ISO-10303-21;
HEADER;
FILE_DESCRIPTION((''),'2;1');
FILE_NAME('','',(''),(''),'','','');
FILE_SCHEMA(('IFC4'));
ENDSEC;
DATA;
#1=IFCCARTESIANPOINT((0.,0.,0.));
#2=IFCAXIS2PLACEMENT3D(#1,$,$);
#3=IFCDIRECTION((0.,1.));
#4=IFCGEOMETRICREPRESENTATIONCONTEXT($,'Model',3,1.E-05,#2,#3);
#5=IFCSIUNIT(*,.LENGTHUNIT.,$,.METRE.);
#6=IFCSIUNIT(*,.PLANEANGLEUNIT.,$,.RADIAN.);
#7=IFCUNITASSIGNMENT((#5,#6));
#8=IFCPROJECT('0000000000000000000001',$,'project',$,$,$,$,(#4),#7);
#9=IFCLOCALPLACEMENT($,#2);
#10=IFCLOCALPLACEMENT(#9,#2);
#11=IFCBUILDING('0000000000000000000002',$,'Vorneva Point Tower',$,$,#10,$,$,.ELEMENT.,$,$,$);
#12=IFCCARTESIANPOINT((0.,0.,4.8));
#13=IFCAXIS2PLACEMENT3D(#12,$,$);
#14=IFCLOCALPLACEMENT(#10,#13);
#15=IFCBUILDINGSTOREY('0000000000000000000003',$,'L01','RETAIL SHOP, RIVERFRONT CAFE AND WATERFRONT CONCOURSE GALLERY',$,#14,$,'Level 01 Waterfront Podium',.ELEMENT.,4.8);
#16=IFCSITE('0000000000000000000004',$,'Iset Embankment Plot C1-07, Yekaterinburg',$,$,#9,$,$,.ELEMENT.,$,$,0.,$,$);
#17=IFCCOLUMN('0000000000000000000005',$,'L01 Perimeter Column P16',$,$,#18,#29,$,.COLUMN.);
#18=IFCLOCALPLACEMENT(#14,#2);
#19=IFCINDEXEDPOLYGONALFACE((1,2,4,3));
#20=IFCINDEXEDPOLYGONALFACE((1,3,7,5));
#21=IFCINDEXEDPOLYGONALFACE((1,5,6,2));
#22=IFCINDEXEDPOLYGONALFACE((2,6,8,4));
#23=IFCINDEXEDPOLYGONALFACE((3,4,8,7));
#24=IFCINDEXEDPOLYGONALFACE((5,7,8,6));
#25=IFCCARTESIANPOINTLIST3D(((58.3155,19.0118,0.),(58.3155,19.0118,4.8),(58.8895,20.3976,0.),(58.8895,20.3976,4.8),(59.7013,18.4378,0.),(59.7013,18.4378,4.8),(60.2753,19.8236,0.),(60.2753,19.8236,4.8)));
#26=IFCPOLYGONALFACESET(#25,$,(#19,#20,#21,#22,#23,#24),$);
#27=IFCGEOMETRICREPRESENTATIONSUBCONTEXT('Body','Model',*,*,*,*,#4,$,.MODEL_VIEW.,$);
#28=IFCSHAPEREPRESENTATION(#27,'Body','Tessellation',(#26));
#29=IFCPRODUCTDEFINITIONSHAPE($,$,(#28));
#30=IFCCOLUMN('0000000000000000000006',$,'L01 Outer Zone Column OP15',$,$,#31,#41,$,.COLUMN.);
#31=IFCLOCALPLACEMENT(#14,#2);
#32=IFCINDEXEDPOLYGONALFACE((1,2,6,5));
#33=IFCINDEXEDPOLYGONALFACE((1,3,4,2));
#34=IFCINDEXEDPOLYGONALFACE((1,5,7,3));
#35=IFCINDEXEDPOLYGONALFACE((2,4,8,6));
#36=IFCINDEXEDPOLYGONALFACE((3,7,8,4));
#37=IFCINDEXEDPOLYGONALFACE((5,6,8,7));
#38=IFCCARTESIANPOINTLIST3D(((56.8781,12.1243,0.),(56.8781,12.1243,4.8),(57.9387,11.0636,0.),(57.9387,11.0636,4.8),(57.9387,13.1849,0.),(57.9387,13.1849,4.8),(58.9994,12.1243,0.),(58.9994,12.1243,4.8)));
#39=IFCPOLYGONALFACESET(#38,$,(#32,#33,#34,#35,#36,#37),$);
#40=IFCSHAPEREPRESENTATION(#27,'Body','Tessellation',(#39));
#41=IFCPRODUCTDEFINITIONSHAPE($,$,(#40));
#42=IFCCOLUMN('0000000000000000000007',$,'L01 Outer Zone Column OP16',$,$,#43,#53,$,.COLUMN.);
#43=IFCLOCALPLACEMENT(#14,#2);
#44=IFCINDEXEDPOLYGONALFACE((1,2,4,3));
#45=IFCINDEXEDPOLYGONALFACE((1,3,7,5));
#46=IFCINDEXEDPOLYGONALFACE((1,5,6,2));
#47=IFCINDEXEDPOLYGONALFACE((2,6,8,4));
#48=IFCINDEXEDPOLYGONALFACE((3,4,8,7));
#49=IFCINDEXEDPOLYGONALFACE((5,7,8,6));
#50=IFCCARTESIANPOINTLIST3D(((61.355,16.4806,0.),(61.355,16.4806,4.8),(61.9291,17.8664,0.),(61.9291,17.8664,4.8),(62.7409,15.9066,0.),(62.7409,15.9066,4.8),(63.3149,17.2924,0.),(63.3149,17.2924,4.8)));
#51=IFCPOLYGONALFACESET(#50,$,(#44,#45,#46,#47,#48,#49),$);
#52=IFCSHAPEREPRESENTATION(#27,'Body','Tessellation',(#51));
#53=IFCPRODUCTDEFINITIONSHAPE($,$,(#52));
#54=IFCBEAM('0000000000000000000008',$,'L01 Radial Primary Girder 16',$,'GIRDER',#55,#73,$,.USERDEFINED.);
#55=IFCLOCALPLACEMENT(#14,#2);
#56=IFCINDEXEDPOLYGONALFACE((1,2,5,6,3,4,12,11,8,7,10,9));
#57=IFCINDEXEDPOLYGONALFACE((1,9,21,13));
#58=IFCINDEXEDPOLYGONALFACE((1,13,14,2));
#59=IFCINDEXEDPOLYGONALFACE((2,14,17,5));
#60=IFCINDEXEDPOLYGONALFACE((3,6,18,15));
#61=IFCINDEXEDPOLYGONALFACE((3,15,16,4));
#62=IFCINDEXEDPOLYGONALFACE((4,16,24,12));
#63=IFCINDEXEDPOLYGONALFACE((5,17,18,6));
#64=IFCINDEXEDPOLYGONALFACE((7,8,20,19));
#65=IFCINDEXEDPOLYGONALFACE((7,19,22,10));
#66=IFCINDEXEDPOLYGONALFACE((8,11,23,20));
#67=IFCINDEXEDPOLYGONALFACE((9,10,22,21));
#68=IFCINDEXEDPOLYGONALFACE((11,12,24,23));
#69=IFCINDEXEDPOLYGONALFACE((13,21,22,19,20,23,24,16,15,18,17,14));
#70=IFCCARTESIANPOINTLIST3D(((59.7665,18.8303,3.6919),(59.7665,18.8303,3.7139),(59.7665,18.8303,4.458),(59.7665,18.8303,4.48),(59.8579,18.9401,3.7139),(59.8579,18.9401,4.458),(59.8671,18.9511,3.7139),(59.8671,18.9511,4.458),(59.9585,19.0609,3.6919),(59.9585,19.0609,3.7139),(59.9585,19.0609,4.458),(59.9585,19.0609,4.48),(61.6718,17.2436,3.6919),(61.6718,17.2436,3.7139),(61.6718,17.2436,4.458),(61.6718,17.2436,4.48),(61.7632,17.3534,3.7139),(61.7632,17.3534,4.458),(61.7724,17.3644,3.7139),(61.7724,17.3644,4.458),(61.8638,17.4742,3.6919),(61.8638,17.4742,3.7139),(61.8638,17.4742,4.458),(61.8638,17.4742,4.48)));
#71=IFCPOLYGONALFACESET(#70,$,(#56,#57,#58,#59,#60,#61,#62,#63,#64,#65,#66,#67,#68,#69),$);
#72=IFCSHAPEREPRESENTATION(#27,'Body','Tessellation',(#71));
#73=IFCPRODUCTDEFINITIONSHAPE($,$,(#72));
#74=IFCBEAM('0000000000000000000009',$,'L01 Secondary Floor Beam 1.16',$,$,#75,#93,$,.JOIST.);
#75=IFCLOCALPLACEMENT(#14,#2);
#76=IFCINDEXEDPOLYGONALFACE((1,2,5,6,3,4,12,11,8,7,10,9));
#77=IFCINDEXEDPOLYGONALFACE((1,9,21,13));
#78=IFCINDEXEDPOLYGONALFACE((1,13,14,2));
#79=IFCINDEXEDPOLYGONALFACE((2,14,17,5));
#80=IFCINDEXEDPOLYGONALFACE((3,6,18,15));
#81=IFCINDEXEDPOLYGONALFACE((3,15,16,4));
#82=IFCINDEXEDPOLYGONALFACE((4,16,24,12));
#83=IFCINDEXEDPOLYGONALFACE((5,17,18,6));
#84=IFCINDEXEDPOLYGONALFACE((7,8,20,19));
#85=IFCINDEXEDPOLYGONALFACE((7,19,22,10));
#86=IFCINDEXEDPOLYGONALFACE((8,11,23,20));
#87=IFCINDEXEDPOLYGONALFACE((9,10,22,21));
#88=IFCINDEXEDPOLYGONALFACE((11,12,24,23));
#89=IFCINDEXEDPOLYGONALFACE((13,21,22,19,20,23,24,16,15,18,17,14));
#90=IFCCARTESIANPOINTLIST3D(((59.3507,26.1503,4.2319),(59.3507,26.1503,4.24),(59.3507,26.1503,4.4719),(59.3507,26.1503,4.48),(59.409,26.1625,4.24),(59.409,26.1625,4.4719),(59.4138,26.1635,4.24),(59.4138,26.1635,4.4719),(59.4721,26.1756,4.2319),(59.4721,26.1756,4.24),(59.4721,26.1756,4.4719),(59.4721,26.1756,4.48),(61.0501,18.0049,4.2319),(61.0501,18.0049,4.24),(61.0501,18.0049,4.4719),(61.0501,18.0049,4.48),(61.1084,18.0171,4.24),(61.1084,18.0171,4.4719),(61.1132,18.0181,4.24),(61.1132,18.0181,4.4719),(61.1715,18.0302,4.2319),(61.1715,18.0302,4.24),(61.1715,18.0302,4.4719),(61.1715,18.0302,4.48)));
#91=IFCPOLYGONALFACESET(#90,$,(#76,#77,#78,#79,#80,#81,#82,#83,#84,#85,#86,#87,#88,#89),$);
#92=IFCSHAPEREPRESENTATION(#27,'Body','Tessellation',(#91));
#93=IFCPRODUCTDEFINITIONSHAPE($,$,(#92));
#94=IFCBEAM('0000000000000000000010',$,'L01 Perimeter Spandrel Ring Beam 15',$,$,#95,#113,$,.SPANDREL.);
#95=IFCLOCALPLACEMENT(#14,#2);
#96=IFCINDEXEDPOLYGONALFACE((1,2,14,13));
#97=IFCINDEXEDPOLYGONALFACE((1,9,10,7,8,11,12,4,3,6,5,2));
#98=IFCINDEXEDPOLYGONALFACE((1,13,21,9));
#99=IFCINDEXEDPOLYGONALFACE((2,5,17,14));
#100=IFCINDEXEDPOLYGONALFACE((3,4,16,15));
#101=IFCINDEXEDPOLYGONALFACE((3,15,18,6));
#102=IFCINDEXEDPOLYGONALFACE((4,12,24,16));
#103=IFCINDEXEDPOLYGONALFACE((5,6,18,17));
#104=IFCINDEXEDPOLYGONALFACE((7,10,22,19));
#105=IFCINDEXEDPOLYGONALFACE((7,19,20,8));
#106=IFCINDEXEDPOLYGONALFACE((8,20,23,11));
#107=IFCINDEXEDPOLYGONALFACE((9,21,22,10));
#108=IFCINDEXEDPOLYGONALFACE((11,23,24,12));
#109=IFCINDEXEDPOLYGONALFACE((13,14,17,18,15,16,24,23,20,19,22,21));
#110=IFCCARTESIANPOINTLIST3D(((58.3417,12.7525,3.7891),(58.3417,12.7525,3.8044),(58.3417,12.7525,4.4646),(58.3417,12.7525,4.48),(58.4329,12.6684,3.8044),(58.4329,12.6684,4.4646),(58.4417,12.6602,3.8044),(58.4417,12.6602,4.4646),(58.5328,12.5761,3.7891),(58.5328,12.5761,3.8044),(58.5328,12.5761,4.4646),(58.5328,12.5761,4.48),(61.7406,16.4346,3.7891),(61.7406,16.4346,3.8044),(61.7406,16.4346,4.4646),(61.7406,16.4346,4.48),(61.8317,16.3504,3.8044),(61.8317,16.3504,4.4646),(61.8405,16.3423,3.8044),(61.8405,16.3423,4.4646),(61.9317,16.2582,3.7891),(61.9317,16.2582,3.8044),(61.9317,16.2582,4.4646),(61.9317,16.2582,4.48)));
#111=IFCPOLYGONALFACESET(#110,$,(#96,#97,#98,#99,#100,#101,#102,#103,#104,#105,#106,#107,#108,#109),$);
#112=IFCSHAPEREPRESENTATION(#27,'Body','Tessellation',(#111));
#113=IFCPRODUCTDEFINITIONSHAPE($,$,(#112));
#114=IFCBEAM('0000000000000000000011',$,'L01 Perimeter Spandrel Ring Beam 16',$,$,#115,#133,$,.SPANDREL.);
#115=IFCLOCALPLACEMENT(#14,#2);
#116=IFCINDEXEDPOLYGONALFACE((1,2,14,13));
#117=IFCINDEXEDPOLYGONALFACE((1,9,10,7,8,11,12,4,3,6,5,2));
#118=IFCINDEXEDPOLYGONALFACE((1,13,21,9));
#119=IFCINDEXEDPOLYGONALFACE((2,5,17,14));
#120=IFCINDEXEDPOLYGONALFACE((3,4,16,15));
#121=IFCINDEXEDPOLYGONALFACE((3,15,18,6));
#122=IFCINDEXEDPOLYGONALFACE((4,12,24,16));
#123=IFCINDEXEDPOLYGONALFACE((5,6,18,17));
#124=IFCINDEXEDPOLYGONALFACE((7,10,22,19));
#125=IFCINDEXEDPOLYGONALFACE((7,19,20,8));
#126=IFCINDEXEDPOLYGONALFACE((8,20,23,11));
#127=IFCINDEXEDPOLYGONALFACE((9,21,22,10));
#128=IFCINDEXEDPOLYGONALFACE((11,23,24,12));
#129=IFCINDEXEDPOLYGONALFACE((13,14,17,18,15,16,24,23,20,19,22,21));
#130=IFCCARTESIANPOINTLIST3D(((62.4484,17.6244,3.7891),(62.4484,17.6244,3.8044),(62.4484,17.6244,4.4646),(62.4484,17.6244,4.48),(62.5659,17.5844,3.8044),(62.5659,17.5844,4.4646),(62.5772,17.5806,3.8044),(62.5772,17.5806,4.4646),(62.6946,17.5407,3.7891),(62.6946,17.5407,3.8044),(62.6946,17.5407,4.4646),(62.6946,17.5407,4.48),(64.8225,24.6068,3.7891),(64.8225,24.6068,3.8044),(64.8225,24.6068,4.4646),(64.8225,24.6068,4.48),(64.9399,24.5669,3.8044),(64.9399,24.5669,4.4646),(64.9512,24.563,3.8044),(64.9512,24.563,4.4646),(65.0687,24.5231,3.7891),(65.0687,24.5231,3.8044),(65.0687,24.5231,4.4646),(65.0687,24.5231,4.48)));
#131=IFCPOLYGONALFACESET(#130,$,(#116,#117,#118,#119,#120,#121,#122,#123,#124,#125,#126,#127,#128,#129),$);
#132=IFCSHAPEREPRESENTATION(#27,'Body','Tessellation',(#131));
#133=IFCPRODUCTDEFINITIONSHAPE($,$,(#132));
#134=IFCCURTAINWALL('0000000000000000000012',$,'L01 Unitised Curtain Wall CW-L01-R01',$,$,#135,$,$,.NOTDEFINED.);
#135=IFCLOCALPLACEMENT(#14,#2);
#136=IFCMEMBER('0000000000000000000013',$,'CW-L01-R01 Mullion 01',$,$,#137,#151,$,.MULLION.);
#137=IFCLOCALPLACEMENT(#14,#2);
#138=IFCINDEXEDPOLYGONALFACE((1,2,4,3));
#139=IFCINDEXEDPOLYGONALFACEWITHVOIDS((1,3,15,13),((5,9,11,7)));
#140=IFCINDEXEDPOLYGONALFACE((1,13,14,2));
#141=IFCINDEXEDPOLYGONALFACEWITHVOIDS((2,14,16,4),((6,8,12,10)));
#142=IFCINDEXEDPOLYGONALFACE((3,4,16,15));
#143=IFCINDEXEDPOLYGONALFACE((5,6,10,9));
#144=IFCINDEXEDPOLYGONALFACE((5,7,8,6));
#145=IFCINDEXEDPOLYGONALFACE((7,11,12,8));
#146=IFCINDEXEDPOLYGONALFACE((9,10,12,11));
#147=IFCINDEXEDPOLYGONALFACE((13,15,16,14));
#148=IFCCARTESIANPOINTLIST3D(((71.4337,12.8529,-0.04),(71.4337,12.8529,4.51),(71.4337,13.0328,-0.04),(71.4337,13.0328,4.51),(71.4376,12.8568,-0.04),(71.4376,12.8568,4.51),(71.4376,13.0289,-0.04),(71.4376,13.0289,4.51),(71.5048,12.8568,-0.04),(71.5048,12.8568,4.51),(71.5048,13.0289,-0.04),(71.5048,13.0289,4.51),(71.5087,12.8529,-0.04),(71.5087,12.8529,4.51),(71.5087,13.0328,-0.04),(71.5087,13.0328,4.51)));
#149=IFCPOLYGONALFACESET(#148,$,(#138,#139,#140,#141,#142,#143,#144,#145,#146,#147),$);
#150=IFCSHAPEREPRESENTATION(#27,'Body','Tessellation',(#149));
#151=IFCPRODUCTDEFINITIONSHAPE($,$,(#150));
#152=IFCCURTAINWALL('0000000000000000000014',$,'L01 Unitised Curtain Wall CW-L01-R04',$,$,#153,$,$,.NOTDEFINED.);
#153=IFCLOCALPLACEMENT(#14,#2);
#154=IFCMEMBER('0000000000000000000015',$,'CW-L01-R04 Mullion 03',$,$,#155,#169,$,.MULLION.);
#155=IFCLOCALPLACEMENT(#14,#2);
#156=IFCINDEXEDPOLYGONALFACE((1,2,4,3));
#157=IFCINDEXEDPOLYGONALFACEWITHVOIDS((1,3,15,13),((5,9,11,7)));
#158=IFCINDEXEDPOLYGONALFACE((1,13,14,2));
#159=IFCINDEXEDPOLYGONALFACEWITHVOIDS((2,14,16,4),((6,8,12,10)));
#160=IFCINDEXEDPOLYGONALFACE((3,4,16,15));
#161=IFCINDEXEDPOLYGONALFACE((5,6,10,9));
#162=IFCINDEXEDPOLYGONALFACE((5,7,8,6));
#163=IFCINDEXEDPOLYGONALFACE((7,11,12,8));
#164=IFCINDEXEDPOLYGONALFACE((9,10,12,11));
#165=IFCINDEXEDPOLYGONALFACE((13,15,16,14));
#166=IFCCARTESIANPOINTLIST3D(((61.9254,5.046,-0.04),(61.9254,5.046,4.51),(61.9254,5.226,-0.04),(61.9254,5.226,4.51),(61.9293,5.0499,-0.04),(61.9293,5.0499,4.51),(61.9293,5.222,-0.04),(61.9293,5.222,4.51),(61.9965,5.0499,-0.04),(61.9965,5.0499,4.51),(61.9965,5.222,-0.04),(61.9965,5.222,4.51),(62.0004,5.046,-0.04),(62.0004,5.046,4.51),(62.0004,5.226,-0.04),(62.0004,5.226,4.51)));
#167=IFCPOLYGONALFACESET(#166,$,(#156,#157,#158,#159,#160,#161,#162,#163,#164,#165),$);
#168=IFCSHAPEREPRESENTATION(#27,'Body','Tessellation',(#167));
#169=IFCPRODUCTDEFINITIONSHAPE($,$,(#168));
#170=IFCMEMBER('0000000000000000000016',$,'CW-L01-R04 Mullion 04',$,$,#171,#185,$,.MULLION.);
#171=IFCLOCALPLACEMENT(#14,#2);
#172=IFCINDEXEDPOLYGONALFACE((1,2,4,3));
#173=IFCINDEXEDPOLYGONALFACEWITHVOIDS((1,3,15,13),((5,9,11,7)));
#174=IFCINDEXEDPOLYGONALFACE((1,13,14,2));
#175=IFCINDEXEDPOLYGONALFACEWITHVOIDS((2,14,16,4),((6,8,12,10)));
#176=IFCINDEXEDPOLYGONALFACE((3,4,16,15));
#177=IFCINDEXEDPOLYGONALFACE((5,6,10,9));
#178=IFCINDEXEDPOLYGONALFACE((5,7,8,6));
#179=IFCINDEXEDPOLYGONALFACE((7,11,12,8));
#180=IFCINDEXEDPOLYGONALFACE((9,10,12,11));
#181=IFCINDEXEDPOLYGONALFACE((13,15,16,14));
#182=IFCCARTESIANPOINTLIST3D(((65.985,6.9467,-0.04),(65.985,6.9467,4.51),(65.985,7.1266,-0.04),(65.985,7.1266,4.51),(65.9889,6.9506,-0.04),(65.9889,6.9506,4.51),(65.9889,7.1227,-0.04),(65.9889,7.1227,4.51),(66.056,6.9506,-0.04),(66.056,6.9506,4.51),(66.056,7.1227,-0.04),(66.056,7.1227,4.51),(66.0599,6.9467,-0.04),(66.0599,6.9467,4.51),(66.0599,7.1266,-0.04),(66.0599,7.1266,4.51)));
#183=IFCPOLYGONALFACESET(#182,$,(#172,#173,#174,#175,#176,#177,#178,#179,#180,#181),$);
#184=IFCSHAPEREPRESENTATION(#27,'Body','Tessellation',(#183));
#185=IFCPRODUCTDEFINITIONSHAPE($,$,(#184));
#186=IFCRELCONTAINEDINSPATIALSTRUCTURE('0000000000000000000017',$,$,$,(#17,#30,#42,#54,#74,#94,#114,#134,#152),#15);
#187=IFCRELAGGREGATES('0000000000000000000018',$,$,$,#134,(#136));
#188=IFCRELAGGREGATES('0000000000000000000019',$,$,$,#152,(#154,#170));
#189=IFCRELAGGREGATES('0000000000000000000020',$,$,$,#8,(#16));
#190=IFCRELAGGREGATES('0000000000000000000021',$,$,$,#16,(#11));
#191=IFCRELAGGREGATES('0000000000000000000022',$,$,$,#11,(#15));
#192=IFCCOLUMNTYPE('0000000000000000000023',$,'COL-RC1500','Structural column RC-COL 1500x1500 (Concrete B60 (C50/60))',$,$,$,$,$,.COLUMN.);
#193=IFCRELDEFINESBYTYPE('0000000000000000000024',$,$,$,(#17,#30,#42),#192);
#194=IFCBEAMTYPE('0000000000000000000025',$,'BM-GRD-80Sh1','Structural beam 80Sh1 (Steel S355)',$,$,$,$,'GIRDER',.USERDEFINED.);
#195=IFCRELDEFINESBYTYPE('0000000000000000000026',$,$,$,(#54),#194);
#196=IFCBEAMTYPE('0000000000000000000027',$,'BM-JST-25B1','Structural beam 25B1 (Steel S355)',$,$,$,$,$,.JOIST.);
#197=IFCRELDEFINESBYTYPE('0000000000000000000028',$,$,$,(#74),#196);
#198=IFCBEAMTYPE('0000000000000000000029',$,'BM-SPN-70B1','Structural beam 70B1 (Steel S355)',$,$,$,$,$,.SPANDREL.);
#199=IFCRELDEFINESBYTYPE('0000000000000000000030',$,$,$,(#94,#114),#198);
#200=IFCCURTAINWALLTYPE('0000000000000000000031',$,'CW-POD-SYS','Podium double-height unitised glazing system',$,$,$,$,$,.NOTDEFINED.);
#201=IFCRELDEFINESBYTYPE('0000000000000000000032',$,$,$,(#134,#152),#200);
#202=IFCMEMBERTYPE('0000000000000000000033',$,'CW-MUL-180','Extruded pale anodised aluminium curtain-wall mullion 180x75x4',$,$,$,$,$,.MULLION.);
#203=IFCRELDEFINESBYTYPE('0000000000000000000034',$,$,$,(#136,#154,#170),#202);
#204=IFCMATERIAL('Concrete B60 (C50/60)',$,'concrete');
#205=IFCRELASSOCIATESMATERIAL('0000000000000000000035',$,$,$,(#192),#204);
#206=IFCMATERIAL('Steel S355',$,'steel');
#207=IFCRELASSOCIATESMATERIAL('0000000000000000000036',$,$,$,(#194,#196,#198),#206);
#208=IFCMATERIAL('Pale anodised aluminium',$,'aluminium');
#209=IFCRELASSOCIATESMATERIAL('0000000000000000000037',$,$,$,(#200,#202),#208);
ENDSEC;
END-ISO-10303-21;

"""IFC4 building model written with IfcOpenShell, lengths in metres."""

from ifc_helpers import new_model, si_unit, direction, frame, origin, origin_2d, place, context, subcontext, project, spatial, rectangle, hollow_rectangle, i_section, extrude, material, material_profile, profile_set, type_object, element, aggregate, save


model = new_model("IFC4")

# Units and contexts
model_context = context("Model", 3, precision=1e-05, world=origin(), true_north=direction((0.0, 1.0)))
body_context = subcontext(model_context, "Body", "Model", "MODEL_VIEW")
ifc_project = project(units=[si_unit("LENGTHUNIT", "METRE"), si_unit("PLANEANGLEUNIT", "RADIAN")], contexts=[model_context])

# Site, building, storey
site_placement = place(None, origin())
site = spatial("IfcSite", under=ifc_project, at=site_placement, Name="Iset Embankment Plot C1-07, Yekaterinburg", CompositionType="ELEMENT", RefElevation=0.0)
building_placement = place(site_placement, origin())
building = spatial("IfcBuilding", under=site, at=building_placement, Name="Vorneva Point Tower", CompositionType="ELEMENT")
storey_placement = place(building_placement, frame((0.0, 0.0, 4.8)))
storey = spatial("IfcBuildingStorey", under=building, at=storey_placement, Name="L01", Description="RETAIL SHOP, RIVERFRONT CAFE AND WATERFRONT CONCOURSE GALLERY", LongName="Level 01 Waterfront Podium", CompositionType="ELEMENT", Elevation=4.8)

# Columns
ifc_material_1 = material(Name="Concrete B60 (C50/60)", Category="concrete")
ifc_material_profile_1 = material_profile(ifc_material_1, rectangle(XDim=1.5, YDim=1.5, at=origin_2d()), Name="RC-COL 1500x1500")
ifc_profile_set_1 = profile_set([ifc_material_profile_1], Name="Concrete B60 (C50/60)")
column_type = type_object("IfcColumnType", Name="COL-RC1500", Description="Structural column RC-COL 1500x1500 (Concrete B60 (C50/60))", PredefinedType="COLUMN", material=ifc_profile_set_1)
for number, where, z_axis, x_axis, name in (
    (1, (59.2954, 19.4177, 0.0), (0.0, 0.0, 1.0), (0.92388, -0.382683, 0.0), "L01 Perimeter Column P16"),
    (2, (57.9387, 12.1243, 0.0), (0.0, 0.0, 1.0), (0.707107, -0.707107, 0.0), "L01 Outer Zone Column OP15"),
    (3, (62.335, 16.8865, 0.0), (0.0, 0.0, 1.0), (0.92388, -0.382683, 0.0), "L01 Outer Zone Column OP16"),
):
    element("IfcColumn", number, at=place(storey_placement, frame(where, z_axis=z_axis, x_axis=x_axis)), inside=storey, type_object=column_type, Name=name, PredefinedType="COLUMN", context=body_context, shape_type="SweptSolid", body=[
        extrude(rectangle(XDim=1.5, YDim=1.5, at=origin_2d()), origin(), (0.0, 0.0, 1.0), 4.8),
    ])

# Beams
ifc_material_2 = material(Name="Steel S355", Category="steel")
ifc_material_profile_2 = material_profile(ifc_material_2, i_section(OverallWidth=0.3, OverallDepth=0.7881, WebThickness=0.0144, FlangeThickness=0.022, at=origin_2d()), Name="80Sh1")
ifc_profile_set_2 = profile_set([ifc_material_profile_2], Name="Steel S355")
beam_type_1 = type_object("IfcBeamType", Name="BM-GRD-80Sh1", Description="Structural beam 80Sh1 (Steel S355)", ElementType="GIRDER", PredefinedType="USERDEFINED", material=ifc_profile_set_2)
beam_1_placement = place(storey_placement, frame((61.7678, 17.3589, 4.0859), z_axis=(-0.768431, 0.639933, 0.0), x_axis=(-0.639933, -0.768431, 0.0)))
element("IfcBeam", 4, at=beam_1_placement, inside=storey, type_object=beam_type_1, Name="L01 Radial Primary Girder 16", ObjectType="GIRDER", PredefinedType="USERDEFINED", context=body_context, shape_type="SweptSolid", body=[
    extrude(i_section(OverallWidth=0.3, OverallDepth=0.7881, WebThickness=0.0144, FlangeThickness=0.022, at=origin_2d()), origin(), (0.0, 0.0, 1.0), 2.4795),
])
ifc_material_profile_3 = material_profile(ifc_material_2, i_section(OverallWidth=0.124, OverallDepth=0.248, WebThickness=0.0049, FlangeThickness=0.0081, at=origin_2d()), Name="25B1")
ifc_profile_set_3 = profile_set([ifc_material_profile_3], Name="Steel S355")
beam_type_2 = type_object("IfcBeamType", Name="BM-JST-25B1", Description="Structural beam 25B1 (Steel S355)", PredefinedType="JOIST", material=ifc_profile_set_3)
beam_2_placement = place(storey_placement, frame((61.1108, 18.0176, 4.356), z_axis=(-0.20424, 0.978921, 0.0), x_axis=(-0.978921, -0.20424, 0.0)))
element("IfcBeam", 5, at=beam_2_placement, inside=storey, type_object=beam_type_2, Name="L01 Secondary Floor Beam 1.16", PredefinedType="JOIST", context=body_context, shape_type="SweptSolid", body=[
    extrude(i_section(OverallWidth=0.124, OverallDepth=0.248, WebThickness=0.0049, FlangeThickness=0.0081, at=origin_2d()), origin(), (0.0, 0.0, 1.0), 8.3208),
])
ifc_material_profile_4 = material_profile(ifc_material_2, i_section(OverallWidth=0.26, OverallDepth=0.6909, WebThickness=0.012, FlangeThickness=0.0154, at=origin_2d()), Name="70B1")
ifc_profile_set_4 = profile_set([ifc_material_profile_4], Name="Steel S355")
beam_type_3 = type_object("IfcBeamType", Name="BM-SPN-70B1", Description="Structural beam 70B1 (Steel S355)", PredefinedType="SPANDREL", material=ifc_profile_set_4)
beam_3_placement = place(storey_placement, frame((58.4373, 12.6643, 4.1345), z_axis=(0.678284, 0.7348, 0.0), x_axis=(-0.7348, 0.678284, 0.0)))
element("IfcBeam", 6, at=beam_3_placement, inside=storey, type_object=beam_type_3, Name="L01 Perimeter Spandrel Ring Beam 15", PredefinedType="SPANDREL", context=body_context, shape_type="SweptSolid", body=[
    extrude(i_section(OverallWidth=0.26, OverallDepth=0.6909, WebThickness=0.012, FlangeThickness=0.0154, at=origin_2d()), origin(), (0.0, 0.0, 1.0), 5.011),
])
beam_4_placement = place(storey_placement, frame((62.5715, 17.5825, 4.1345), z_axis=(0.321903, 0.946773, 0.0), x_axis=(-0.946773, 0.321903, 0.0)))
element("IfcBeam", 7, at=beam_4_placement, inside=storey, type_object=beam_type_3, Name="L01 Perimeter Spandrel Ring Beam 16", PredefinedType="SPANDREL", context=body_context, shape_type="SweptSolid", body=[
    extrude(i_section(OverallWidth=0.26, OverallDepth=0.6909, WebThickness=0.012, FlangeThickness=0.0154, at=origin_2d()), origin(), (0.0, 0.0, 1.0), 7.375),
])

# Curtain wall, member
ifc_material_3 = material(Name="Pale anodised aluminium", Category="aluminium")
curtain_wall_type = type_object("IfcCurtainWallType", Name="CW-POD-SYS", Description="Podium double-height unitised glazing system", PredefinedType="NOTDEFINED", material=ifc_material_3)
curtain_wall_1_placement = place(storey_placement, origin())
curtain_wall_1 = element("IfcCurtainWall", 8, at=curtain_wall_1_placement, inside=storey, type_object=curtain_wall_type, Name="L01 Unitised Curtain Wall CW-L01-R01", PredefinedType="NOTDEFINED")
ifc_material_profile_5 = material_profile(ifc_material_3, hollow_rectangle(XDim=0.075, YDim=0.1799, WallThickness=0.0039, at=origin_2d()), Name="AL-MUL 180x75x4")
ifc_profile_set_5 = profile_set([ifc_material_profile_5], Name="Pale anodised aluminium")
member_type_1 = type_object("IfcMemberType", Name="CW-MUL-180", Description="Extruded pale anodised aluminium curtain-wall mullion 180x75x4", PredefinedType="MULLION", material=ifc_profile_set_5)
member_1_placement = place(storey_placement, frame((71.4712, 12.9429, -0.04), z_axis=(0.0, 0.0, 1.0), x_axis=(1.0, 0.0, 0.0)))
member_1 = element("IfcMember", 9, at=member_1_placement, type_object=member_type_1, Name="CW-L01-R01 Mullion 01", PredefinedType="MULLION", context=body_context, shape_type="SweptSolid", body=[
    extrude(hollow_rectangle(XDim=0.075, YDim=0.1799, WallThickness=0.0039, at=origin_2d()), origin(), (0.0, 0.0, 1.0), 4.55),
])

# Curtain wall, members
curtain_wall_2_placement = place(storey_placement, origin())
curtain_wall_2 = element("IfcCurtainWall", 10, at=curtain_wall_2_placement, inside=storey, type_object=curtain_wall_type, Name="L01 Unitised Curtain Wall CW-L01-R04", PredefinedType="NOTDEFINED")
member_2_placement = place(storey_placement, frame((61.9629, 5.136, -0.04), z_axis=(0.0, 0.0, 1.0), x_axis=(1.0, 0.0, 0.0)))
member_2 = element("IfcMember", 11, at=member_2_placement, type_object=member_type_1, Name="CW-L01-R04 Mullion 03", PredefinedType="MULLION", context=body_context, shape_type="SweptSolid", body=[
    extrude(hollow_rectangle(XDim=0.075, YDim=0.1799, WallThickness=0.0039, at=origin_2d()), origin(), (0.0, 0.0, 1.0), 4.55),
])
member_3_placement = place(storey_placement, frame((66.0225, 7.0366, -0.04), z_axis=(0.0, 0.0, 1.0), x_axis=(1.0, 0.0, 0.0)))
member_3 = element("IfcMember", 12, at=member_3_placement, type_object=member_type_1, Name="CW-L01-R04 Mullion 04", PredefinedType="MULLION", context=body_context, shape_type="SweptSolid", body=[
    extrude(hollow_rectangle(XDim=0.075, YDim=0.1799, WallThickness=0.0039, at=origin_2d()), origin(), (0.0, 0.0, 1.0), 4.55),
])

aggregate(curtain_wall_1, [member_1])
aggregate(curtain_wall_2, [member_2, member_3])

save(model, "model.ifc")
